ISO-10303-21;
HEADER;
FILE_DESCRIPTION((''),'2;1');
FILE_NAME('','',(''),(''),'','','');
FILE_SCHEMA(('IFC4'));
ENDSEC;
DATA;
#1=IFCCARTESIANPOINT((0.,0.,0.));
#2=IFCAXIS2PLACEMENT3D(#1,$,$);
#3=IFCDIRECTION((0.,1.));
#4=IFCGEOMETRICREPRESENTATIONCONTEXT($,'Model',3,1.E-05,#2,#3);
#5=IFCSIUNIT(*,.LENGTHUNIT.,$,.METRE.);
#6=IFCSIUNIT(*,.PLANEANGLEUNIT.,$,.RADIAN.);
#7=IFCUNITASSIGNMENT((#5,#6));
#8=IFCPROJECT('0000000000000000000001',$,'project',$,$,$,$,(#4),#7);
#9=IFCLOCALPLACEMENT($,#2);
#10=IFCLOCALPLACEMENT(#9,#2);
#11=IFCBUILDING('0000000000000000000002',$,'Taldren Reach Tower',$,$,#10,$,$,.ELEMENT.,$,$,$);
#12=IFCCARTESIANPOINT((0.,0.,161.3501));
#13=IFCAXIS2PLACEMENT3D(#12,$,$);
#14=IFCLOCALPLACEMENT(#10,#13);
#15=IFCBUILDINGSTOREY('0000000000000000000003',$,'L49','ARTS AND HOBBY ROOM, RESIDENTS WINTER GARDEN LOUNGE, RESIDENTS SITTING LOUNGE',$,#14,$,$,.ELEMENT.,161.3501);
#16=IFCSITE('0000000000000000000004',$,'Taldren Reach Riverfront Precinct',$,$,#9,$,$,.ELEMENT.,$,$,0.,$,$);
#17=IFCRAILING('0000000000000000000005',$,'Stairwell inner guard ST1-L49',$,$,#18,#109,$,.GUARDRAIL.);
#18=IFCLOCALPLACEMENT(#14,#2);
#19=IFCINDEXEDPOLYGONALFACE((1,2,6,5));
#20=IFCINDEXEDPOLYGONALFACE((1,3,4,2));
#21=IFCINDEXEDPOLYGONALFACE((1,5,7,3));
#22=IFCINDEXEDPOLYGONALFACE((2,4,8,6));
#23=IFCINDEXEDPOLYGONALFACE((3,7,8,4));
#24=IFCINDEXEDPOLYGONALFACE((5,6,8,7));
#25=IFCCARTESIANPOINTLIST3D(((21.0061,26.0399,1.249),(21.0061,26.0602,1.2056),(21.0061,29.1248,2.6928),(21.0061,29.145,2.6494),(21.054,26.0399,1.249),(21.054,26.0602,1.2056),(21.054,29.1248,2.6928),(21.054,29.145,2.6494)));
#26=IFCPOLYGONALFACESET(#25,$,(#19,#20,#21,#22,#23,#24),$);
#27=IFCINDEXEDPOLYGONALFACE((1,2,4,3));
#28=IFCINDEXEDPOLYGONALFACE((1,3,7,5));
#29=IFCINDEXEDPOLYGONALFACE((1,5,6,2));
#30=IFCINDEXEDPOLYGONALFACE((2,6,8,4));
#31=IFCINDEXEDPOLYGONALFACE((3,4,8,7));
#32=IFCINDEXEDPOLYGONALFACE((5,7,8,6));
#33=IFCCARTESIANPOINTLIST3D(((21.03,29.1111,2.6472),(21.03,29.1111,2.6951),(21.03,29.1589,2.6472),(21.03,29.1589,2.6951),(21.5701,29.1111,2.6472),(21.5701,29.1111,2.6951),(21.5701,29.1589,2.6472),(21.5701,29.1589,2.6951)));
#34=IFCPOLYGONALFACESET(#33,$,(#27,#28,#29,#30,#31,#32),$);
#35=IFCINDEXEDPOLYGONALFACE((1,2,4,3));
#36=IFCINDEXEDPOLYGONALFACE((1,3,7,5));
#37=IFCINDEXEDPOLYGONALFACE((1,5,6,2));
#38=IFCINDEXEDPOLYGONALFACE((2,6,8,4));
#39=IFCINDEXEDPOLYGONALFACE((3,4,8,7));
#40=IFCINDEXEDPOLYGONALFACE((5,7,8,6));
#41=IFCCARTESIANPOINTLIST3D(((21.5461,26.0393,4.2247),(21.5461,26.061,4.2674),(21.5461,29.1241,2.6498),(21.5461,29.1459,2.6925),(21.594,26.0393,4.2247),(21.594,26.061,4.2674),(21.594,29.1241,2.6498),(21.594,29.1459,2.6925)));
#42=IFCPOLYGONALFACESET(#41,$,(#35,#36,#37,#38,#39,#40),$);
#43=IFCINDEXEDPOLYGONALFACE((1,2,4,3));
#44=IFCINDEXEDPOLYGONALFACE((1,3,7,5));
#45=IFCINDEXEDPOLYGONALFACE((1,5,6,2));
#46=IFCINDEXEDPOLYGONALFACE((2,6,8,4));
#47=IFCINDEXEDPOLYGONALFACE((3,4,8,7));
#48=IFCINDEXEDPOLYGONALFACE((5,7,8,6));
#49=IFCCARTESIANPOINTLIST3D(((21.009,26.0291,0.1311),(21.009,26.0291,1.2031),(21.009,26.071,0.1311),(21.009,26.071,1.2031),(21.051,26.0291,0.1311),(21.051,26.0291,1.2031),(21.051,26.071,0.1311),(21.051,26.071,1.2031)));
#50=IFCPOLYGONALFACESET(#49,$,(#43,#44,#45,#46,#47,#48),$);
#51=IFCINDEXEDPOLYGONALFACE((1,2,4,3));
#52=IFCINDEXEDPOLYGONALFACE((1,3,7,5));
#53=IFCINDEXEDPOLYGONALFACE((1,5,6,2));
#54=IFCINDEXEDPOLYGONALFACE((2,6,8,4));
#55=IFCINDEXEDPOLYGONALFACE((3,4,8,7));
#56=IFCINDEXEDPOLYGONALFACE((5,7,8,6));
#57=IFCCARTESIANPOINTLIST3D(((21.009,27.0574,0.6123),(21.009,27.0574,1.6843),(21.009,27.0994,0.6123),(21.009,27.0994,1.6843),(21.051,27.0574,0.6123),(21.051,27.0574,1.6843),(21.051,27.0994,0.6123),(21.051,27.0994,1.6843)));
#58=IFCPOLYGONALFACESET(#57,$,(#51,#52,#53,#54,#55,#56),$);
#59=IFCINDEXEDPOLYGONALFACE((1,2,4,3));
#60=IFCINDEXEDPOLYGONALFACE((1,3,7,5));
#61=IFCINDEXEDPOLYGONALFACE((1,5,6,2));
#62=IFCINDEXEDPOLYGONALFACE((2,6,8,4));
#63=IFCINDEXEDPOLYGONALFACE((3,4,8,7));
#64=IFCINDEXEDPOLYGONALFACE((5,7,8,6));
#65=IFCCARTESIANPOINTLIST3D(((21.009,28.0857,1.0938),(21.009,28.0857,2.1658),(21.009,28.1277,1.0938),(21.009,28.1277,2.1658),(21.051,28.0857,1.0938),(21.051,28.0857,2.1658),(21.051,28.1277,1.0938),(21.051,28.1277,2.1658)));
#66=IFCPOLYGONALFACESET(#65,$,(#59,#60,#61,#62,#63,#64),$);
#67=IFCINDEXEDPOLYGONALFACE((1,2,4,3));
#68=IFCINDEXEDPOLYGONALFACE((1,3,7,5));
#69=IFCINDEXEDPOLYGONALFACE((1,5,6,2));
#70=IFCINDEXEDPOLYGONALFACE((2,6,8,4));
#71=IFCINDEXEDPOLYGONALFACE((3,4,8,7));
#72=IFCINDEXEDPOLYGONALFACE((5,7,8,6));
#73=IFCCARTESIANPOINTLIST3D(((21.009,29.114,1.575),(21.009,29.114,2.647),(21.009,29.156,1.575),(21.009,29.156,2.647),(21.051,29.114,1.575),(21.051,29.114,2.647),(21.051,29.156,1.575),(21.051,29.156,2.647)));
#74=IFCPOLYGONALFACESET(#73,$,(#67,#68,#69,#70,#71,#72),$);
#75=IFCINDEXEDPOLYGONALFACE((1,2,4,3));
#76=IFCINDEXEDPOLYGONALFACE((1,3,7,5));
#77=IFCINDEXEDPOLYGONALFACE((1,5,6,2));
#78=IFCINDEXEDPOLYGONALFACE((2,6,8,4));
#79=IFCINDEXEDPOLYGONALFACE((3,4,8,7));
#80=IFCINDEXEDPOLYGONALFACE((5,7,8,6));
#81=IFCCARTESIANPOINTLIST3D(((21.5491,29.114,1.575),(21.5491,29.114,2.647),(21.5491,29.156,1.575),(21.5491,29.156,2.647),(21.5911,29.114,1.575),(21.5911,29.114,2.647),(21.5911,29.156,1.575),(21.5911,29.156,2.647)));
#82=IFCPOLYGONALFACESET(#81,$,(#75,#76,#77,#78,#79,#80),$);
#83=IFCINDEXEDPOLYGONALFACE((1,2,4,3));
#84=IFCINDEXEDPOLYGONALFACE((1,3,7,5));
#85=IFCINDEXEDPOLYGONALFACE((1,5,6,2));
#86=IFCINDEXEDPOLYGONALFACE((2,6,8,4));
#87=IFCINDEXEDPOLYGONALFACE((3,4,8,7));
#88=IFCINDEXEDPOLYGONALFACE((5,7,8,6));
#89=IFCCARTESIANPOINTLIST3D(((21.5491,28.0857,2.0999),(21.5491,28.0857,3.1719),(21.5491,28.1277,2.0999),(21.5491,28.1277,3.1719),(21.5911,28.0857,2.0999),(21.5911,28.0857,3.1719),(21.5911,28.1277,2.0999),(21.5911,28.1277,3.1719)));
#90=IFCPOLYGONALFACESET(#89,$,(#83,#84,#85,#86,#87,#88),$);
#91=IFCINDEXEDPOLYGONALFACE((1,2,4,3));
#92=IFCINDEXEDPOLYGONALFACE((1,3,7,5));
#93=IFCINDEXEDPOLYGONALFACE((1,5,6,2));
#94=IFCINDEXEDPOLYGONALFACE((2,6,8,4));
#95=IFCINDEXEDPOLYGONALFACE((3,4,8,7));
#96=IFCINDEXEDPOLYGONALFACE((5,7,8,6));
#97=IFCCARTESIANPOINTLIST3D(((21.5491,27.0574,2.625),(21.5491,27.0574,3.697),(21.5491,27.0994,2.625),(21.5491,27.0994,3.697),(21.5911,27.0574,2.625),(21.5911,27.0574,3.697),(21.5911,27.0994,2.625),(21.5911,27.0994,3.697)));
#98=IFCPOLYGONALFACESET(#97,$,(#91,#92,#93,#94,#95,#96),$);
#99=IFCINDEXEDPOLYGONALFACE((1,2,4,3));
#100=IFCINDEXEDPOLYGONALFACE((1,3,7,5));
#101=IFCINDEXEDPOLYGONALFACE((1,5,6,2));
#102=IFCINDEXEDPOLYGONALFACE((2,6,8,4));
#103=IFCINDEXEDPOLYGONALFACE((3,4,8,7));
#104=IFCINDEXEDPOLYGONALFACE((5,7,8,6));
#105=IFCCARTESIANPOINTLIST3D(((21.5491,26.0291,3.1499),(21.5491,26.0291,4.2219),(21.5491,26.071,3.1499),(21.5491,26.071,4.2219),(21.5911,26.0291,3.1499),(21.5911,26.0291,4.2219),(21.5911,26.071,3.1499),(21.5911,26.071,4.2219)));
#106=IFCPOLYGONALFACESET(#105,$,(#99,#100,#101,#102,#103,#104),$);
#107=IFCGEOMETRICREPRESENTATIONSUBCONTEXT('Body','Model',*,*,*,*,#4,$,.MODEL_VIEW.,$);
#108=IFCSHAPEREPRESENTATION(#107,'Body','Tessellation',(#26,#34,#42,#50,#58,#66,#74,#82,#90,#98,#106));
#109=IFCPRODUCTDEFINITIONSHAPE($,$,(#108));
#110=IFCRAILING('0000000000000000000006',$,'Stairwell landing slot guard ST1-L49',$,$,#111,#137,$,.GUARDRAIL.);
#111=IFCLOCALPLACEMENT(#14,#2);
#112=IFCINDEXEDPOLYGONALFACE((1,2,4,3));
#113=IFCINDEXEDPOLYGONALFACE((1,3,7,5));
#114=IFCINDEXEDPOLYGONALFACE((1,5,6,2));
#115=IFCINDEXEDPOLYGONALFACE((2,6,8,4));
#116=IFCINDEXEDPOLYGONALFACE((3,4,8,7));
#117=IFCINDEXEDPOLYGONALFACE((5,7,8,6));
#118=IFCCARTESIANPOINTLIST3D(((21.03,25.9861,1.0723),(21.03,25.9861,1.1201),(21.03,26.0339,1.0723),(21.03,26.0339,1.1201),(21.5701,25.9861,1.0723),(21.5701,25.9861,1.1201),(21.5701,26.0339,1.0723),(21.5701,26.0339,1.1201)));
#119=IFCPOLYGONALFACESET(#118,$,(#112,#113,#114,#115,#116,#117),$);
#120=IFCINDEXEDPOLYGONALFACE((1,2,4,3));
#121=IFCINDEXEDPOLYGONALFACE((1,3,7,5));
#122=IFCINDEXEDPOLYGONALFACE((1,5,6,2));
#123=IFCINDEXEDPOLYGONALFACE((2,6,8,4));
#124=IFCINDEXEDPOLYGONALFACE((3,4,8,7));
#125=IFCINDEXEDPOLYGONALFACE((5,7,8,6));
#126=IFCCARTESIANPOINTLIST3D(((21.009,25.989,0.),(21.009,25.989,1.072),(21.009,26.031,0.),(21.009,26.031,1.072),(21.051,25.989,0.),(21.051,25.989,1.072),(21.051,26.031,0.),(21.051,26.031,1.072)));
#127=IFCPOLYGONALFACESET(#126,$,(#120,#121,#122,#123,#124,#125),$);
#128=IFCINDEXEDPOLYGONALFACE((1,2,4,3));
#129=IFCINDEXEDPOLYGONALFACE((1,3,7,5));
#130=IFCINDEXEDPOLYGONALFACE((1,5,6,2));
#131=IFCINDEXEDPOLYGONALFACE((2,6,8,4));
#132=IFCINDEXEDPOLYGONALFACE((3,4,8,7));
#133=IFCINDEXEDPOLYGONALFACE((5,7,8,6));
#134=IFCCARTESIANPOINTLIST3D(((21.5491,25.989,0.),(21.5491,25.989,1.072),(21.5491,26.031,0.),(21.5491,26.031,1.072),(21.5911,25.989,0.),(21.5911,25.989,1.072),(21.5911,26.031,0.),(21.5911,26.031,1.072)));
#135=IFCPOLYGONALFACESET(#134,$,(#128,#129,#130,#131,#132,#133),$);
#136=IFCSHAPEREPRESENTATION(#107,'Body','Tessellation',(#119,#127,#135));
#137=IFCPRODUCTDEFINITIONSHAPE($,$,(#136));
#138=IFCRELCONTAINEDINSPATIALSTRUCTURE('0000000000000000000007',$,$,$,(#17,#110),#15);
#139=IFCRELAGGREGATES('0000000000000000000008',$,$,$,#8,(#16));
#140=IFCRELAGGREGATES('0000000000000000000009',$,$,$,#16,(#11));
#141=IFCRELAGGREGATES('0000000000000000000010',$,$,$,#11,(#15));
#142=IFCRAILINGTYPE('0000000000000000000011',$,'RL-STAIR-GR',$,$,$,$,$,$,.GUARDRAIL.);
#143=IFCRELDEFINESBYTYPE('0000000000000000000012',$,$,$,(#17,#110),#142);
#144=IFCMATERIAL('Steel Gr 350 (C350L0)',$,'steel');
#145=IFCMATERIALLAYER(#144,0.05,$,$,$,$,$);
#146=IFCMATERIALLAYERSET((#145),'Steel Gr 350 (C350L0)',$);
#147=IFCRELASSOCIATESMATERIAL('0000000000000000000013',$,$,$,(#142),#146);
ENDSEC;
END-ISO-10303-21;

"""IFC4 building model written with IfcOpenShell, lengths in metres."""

from ifc_helpers import new_model, si_unit, direction, frame, origin, origin_2d, place, context, subcontext, project, spatial, rectangle, extrude, material, layer, layer_set, type_object, element, save


model = new_model("IFC4")

# Units and contexts
model_context = context("Model", 3, precision=1e-05, world=origin(), true_north=direction((0.0, 1.0)))
body_context = subcontext(model_context, "Body", "Model", "MODEL_VIEW")
ifc_project = project(units=[si_unit("LENGTHUNIT", "METRE"), si_unit("PLANEANGLEUNIT", "RADIAN")], contexts=[model_context])

# Site, building, storey
site_placement = place(None, origin())
site = spatial("IfcSite", under=ifc_project, at=site_placement, Name="Taldren Reach Riverfront Precinct", CompositionType="ELEMENT", RefElevation=0.0)
building_placement = place(site_placement, origin())
building = spatial("IfcBuilding", under=site, at=building_placement, Name="Taldren Reach Tower", CompositionType="ELEMENT")
storey_placement = place(building_placement, frame((0.0, 0.0, 161.3501)))
storey = spatial("IfcBuildingStorey", under=building, at=storey_placement, Name="L49", Description="ARTS AND HOBBY ROOM, RESIDENTS WINTER GARDEN LOUNGE, RESIDENTS SITTING LOUNGE", CompositionType="ELEMENT", Elevation=161.3501)

# Shared definitions
ifc_material_1 = material(Name="Steel Gr 350 (C350L0)", Category="steel")

# Railings
ifc_layer_1 = layer(ifc_material_1, 0.05)
ifc_layer_set_1 = layer_set([ifc_layer_1], Name="Steel Gr 350 (C350L0)")
railing_type_1 = type_object("IfcRailingType", Name="RL-STAIR-GR", PredefinedType="GUARDRAIL", material=ifc_layer_set_1)
railing_1_placement = place(storey_placement, frame((21.03, 26.05, 0.1311)))
element("IfcRailing", 1, at=railing_1_placement, inside=storey, type_object=railing_type_1, Name="Stairwell inner guard ST1-L49", PredefinedType="GUARDRAIL", context=body_context, shape_type="SweptSolid", body=[
    extrude(rectangle(XDim=0.0479, YDim=0.0479, at=origin_2d()), frame((0.0, 0.0, 1.0962), z_axis=(0.0, 0.90571, 0.423898), x_axis=(-1.0, 0.0, 0.0)), (0.0, 0.0, 1.0), 3.406),
    extrude(rectangle(XDim=0.0479, YDim=0.0479, at=origin_2d()), frame((0.0, 3.085, 2.54), z_axis=(1.0, 0.0, 0.0), x_axis=(0.0, 1.0, 0.0)), (0.0, 0.0, 1.0), 0.54),
    extrude(rectangle(XDim=0.0479, YDim=0.0479, at=origin_2d()), frame((0.54, 3.085, 2.54), z_axis=(0.0, -0.890646, 0.454697), x_axis=(1.0, 0.0, 0.0)), (0.0, 0.0, 1.0), 3.4636),
    extrude(rectangle(XDim=0.042, YDim=0.042, at=origin_2d()), origin(), (0.0, 0.0, 1.0), 1.072),
    extrude(rectangle(XDim=0.042, YDim=0.042, at=origin_2d()), frame((0.0, 1.0283, 0.4812)), (0.0, 0.0, 1.0), 1.072),
    extrude(rectangle(XDim=0.042, YDim=0.042, at=origin_2d()), frame((0.0, 2.0566, 0.9626)), (0.0, 0.0, 1.0), 1.072),
    extrude(rectangle(XDim=0.042, YDim=0.042, at=origin_2d()), frame((0.0, 3.085, 1.4438)), (0.0, 0.0, 1.0), 1.072),
    extrude(rectangle(XDim=0.042, YDim=0.042, at=origin_2d()), frame((0.54, 3.085, 1.4438)), (0.0, 0.0, 1.0), 1.072),
    extrude(rectangle(XDim=0.042, YDim=0.042, at=origin_2d()), frame((0.54, 2.0566, 1.9688)), (0.0, 0.0, 1.0), 1.072),
    extrude(rectangle(XDim=0.042, YDim=0.042, at=origin_2d()), frame((0.54, 1.0283, 2.4939)), (0.0, 0.0, 1.0), 1.072),
    extrude(rectangle(XDim=0.042, YDim=0.042, at=origin_2d()), frame((0.54, 0.0, 3.0188)), (0.0, 0.0, 1.0), 1.072),
])
railing_2_placement = place(storey_placement, frame((21.03, 26.01, 0.0)))
element("IfcRailing", 2, at=railing_2_placement, inside=storey, type_object=railing_type_1, Name="Stairwell landing slot guard ST1-L49", PredefinedType="GUARDRAIL", context=body_context, shape_type="SweptSolid", body=[
    extrude(rectangle(XDim=0.0479, YDim=0.0479, at=origin_2d()), frame((0.0, 0.0, 1.0962), z_axis=(1.0, 0.0, 0.0), x_axis=(0.0, 1.0, 0.0)), (0.0, 0.0, 1.0), 0.54),
    extrude(rectangle(XDim=0.042, YDim=0.042, at=origin_2d()), origin(), (0.0, 0.0, 1.0), 1.072),
    extrude(rectangle(XDim=0.042, YDim=0.042, at=origin_2d()), frame((0.54, 0.0, 0.0)), (0.0, 0.0, 1.0), 1.072),
])

save(model, "model.ifc")
